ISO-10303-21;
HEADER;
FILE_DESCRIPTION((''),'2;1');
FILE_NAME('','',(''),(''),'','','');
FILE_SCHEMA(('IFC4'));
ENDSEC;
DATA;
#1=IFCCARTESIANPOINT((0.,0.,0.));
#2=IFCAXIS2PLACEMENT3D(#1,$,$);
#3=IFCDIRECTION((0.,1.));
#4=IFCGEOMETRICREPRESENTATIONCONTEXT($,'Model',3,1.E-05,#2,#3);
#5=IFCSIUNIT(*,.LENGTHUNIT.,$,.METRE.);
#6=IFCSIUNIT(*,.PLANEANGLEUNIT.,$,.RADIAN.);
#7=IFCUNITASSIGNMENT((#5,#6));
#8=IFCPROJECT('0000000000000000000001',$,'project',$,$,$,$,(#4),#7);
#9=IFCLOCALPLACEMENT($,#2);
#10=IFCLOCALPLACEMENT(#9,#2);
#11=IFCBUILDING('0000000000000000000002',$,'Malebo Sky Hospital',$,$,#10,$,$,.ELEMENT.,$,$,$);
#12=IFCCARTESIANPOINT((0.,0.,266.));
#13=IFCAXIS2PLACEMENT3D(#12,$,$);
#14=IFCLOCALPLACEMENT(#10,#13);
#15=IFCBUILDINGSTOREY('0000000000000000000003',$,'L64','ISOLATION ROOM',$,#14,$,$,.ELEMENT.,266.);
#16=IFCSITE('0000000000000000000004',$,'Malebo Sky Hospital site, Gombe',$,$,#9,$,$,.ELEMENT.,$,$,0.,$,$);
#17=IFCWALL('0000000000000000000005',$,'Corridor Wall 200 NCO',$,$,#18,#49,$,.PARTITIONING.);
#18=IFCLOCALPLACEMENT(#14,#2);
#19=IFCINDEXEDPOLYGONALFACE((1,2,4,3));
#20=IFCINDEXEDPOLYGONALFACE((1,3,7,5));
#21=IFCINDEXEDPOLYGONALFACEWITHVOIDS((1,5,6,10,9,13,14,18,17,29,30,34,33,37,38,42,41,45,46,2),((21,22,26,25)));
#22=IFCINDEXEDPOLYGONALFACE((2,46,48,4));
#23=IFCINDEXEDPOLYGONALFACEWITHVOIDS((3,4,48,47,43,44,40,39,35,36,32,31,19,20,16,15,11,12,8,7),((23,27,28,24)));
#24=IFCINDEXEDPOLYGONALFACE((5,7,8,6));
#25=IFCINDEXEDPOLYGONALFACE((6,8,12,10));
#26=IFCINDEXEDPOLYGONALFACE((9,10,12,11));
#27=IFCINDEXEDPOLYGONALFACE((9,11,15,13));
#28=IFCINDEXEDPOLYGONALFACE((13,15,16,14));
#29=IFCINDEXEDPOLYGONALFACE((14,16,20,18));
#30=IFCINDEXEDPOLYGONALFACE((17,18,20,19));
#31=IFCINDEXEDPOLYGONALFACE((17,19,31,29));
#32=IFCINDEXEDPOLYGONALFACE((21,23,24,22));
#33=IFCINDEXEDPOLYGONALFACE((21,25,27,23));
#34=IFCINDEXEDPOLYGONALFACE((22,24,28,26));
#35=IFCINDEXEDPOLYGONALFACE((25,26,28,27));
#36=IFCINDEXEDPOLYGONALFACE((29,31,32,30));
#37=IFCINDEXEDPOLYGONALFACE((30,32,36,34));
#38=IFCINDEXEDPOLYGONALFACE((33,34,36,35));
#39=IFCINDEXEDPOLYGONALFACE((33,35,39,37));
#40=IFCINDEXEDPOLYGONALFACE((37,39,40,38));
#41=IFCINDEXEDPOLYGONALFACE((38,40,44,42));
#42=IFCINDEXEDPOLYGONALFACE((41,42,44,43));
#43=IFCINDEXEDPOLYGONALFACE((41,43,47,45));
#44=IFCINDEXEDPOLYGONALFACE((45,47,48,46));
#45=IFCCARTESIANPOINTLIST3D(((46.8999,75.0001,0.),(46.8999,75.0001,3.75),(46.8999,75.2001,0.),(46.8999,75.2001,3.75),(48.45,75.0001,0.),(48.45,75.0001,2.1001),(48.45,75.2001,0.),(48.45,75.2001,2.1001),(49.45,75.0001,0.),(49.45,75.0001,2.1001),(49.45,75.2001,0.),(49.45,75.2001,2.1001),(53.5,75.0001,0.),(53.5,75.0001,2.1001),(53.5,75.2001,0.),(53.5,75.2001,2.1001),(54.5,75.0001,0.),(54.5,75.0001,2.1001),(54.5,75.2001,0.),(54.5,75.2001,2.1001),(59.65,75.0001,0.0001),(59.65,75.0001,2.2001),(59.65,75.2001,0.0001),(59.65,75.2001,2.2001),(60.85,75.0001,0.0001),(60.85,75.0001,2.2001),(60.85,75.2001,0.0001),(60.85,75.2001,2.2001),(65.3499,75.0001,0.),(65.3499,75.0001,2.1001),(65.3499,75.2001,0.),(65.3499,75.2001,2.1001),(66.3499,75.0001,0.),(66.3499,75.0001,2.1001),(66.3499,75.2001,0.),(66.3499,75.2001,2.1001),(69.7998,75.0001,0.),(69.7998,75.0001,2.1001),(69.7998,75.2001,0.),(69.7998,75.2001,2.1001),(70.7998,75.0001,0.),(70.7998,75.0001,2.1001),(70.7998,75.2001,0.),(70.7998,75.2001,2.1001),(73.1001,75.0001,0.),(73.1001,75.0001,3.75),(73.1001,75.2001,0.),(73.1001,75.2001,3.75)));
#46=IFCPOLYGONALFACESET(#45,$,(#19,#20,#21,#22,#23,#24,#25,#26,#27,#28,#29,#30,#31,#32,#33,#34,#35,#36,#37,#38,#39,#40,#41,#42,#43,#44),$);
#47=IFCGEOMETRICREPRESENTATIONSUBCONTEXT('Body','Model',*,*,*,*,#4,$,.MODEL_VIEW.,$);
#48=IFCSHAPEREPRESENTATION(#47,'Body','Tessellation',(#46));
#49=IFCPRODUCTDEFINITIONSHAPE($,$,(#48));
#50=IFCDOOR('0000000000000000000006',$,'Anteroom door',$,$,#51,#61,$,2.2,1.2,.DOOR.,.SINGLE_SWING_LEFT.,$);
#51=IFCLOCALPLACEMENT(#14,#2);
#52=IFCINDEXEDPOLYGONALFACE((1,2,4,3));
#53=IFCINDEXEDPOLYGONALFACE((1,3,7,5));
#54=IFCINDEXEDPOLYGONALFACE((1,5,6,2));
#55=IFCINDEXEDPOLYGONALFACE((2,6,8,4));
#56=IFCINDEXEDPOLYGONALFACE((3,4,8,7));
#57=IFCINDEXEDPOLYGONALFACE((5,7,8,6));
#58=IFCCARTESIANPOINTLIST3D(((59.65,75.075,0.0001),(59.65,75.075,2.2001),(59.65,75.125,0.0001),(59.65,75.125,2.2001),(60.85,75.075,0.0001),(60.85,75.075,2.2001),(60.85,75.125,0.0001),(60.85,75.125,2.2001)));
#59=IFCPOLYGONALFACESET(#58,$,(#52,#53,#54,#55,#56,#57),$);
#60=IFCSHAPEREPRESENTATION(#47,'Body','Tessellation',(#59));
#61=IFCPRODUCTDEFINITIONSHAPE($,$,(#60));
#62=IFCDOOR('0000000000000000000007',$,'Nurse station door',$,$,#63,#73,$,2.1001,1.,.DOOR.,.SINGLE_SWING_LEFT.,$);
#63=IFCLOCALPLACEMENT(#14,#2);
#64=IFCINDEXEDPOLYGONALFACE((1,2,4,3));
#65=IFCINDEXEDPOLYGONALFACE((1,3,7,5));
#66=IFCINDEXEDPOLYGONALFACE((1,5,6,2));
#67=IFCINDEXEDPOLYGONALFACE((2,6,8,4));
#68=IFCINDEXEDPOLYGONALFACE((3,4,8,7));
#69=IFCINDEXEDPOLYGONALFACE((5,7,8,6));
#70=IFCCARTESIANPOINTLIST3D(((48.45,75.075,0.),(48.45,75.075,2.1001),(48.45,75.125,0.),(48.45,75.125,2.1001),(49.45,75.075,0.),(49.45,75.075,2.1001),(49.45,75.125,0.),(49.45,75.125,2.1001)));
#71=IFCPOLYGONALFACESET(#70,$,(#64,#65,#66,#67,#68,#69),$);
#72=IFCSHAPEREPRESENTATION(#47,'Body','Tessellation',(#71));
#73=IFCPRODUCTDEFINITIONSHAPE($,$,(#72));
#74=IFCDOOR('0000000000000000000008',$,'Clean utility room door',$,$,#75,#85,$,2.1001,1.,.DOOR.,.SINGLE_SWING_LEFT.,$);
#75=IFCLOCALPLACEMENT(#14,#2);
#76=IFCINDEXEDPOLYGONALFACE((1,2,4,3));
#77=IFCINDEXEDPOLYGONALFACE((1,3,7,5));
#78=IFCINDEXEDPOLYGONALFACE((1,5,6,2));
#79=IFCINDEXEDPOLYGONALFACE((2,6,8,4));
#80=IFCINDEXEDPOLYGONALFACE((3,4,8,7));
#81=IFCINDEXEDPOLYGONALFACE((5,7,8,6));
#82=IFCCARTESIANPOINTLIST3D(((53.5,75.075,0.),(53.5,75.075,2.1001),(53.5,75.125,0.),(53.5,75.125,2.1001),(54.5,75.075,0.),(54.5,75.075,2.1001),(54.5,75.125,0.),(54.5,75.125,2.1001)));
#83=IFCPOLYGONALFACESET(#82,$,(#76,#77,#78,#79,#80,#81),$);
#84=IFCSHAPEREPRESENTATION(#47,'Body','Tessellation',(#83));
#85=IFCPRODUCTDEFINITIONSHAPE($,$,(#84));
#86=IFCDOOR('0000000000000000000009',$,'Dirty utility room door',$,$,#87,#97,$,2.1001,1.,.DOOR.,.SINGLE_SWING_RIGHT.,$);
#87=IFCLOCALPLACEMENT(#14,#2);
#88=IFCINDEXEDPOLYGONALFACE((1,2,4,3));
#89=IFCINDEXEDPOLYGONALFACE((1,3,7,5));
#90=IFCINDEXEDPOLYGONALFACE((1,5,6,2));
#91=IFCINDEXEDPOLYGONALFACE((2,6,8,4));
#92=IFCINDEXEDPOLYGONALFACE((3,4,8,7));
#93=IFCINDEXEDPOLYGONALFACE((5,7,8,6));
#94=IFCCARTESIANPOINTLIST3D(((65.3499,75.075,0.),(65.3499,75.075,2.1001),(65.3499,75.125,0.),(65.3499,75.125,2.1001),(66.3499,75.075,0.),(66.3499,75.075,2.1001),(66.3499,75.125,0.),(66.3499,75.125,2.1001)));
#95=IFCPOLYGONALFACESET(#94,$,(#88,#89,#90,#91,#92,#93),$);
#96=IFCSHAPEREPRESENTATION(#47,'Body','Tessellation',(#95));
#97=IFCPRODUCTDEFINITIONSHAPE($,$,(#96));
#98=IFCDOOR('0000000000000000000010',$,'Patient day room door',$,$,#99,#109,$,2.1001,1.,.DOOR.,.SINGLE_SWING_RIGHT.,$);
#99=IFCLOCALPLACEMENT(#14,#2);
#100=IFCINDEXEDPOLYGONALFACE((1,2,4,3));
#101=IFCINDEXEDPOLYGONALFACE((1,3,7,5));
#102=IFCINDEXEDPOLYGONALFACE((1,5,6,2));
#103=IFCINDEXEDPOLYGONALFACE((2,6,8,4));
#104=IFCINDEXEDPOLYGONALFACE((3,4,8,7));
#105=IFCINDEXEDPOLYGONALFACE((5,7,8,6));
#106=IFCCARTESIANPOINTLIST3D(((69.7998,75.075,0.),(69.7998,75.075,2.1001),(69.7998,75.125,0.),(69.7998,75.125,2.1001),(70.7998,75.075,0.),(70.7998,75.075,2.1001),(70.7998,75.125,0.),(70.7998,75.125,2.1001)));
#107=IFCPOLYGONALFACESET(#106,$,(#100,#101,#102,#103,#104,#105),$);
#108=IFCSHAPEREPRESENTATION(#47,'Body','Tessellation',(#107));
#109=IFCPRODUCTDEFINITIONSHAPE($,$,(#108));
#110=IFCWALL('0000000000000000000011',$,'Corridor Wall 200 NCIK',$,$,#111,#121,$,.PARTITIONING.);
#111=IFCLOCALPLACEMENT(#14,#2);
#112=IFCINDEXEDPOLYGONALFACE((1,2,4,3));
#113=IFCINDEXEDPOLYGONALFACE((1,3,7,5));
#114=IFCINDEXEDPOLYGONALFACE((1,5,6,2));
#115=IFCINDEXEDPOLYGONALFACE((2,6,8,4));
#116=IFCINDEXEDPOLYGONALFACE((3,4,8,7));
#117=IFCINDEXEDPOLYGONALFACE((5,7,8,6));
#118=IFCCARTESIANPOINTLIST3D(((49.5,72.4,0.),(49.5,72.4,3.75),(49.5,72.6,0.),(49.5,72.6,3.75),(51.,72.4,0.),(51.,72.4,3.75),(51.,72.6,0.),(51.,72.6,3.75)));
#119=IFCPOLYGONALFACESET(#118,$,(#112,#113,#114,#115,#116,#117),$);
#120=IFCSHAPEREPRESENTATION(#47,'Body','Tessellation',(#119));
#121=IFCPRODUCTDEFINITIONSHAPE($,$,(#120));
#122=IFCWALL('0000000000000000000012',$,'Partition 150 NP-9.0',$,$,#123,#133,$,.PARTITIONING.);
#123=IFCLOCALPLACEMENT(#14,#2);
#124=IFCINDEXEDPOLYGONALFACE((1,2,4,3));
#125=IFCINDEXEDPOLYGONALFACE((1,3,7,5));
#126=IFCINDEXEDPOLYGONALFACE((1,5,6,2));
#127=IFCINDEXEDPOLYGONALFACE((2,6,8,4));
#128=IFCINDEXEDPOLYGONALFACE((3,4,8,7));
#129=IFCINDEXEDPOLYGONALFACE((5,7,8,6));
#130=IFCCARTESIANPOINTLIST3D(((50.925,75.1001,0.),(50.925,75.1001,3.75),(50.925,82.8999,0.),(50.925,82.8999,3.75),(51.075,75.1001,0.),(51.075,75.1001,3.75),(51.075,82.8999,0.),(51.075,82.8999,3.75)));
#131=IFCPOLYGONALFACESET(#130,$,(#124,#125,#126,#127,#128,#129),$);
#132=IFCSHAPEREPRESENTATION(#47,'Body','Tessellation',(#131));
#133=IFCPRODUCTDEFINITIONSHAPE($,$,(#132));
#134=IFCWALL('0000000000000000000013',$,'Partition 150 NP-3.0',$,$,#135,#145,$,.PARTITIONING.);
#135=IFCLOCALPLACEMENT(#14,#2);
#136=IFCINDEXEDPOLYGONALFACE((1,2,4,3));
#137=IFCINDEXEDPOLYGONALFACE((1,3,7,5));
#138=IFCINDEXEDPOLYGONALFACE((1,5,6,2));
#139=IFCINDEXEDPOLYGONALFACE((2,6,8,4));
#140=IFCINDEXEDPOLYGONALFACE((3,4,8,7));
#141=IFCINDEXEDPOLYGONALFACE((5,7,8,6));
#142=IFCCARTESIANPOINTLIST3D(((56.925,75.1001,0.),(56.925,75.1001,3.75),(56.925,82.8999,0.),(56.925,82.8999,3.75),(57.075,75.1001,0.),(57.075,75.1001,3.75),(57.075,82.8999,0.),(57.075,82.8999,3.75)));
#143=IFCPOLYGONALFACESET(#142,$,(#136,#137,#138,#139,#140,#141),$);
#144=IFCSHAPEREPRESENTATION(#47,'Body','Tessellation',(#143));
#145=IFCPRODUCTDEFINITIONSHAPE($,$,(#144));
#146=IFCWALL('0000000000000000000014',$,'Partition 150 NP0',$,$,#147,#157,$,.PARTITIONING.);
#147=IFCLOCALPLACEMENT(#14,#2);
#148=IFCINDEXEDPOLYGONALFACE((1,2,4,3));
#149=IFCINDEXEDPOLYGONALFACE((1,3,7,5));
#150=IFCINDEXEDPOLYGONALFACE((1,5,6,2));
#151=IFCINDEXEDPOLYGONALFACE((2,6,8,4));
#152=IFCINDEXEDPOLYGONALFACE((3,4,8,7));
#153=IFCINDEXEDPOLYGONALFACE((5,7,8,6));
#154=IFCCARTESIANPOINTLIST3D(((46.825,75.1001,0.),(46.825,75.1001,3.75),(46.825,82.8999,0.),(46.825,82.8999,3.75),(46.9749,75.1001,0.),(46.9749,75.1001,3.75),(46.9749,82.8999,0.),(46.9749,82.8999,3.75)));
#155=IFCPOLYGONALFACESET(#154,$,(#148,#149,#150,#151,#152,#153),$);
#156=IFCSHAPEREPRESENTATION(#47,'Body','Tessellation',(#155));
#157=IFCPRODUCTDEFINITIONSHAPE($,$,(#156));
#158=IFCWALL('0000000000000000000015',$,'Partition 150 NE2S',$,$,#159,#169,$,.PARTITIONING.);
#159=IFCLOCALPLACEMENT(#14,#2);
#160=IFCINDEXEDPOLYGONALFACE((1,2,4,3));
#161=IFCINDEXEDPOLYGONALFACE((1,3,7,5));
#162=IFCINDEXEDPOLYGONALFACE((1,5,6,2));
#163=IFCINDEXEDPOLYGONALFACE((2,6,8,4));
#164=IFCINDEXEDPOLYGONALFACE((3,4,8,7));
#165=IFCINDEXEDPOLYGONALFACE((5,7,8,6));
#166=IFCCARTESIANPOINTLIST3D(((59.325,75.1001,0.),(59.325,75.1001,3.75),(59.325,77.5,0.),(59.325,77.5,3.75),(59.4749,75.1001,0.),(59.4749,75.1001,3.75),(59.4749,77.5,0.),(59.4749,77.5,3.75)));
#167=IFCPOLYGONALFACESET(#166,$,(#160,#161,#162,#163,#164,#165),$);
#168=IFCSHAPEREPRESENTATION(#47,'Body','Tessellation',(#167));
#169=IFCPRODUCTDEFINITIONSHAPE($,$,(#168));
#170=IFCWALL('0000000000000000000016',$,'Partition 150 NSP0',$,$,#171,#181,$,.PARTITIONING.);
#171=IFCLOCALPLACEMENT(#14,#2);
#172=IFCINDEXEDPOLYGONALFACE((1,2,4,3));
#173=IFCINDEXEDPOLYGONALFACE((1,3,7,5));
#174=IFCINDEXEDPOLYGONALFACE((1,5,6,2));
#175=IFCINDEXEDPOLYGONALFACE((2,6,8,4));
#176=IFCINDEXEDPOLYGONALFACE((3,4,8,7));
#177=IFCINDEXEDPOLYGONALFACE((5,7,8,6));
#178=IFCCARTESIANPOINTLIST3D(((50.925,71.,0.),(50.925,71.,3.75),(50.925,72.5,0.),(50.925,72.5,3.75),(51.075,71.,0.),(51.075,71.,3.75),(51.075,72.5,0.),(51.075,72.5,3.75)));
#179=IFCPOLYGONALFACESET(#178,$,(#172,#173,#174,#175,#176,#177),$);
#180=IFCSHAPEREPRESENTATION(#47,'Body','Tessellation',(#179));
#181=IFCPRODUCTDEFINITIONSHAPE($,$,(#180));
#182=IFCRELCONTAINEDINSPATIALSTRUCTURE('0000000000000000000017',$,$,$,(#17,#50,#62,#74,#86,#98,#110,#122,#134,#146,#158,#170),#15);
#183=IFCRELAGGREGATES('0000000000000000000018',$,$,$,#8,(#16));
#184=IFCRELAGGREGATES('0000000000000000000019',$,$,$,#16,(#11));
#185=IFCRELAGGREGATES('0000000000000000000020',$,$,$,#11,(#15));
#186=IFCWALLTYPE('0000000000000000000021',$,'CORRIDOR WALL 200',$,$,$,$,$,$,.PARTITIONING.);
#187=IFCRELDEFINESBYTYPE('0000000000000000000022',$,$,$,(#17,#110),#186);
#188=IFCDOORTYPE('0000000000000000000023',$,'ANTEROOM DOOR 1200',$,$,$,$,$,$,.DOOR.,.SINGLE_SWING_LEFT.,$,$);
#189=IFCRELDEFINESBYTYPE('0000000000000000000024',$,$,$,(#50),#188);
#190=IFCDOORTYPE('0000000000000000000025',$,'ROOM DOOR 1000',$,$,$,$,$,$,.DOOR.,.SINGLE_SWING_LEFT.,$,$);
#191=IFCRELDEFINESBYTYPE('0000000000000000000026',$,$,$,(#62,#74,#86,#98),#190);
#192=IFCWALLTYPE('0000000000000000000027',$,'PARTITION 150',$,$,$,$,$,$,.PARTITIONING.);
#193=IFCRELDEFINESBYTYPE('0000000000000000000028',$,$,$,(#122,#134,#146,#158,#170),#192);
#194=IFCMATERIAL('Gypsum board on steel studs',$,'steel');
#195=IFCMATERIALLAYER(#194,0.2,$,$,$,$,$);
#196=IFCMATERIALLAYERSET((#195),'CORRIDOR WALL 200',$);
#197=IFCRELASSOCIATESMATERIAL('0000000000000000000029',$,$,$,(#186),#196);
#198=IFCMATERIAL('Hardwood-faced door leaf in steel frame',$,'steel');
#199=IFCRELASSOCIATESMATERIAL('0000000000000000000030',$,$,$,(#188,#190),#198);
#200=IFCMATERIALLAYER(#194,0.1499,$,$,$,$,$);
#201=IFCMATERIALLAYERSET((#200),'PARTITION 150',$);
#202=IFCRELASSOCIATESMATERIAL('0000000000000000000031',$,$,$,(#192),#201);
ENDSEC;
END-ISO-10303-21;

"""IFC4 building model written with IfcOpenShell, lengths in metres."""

from ifc_helpers import new_model, si_unit, direction, frame, frame_2d, origin, place, context, subcontext, project, spatial, rectangle, extrude, material, layer, layer_set, type_object, element, fill, save


model = new_model("IFC4")

# Units and contexts
model_context = context("Model", 3, precision=1e-05, world=origin(), true_north=direction((0.0, 1.0)))
body_context = subcontext(model_context, "Body", "Model", "MODEL_VIEW")
ifc_project = project(units=[si_unit("LENGTHUNIT", "METRE"), si_unit("PLANEANGLEUNIT", "RADIAN")], contexts=[model_context])

# Site, building, storey
site_placement = place(None, origin())
site = spatial("IfcSite", under=ifc_project, at=site_placement, Name="Malebo Sky Hospital site, Gombe", CompositionType="ELEMENT", RefElevation=0.0)
building_placement = place(site_placement, origin())
building = spatial("IfcBuilding", under=site, at=building_placement, Name="Malebo Sky Hospital", CompositionType="ELEMENT")
storey_placement = place(building_placement, frame((0.0, 0.0, 266.0)))
storey = spatial("IfcBuildingStorey", under=building, at=storey_placement, Name="L64", Description="ISOLATION ROOM", CompositionType="ELEMENT", Elevation=266.0)

# Shared definitions
ifc_material_1 = material(Name="Hardwood-faced door leaf in steel frame", Category="steel")

# Wall, openings, doors
ifc_material_2 = material(Name="Gypsum board on steel studs", Category="steel")
ifc_layer_1 = layer(ifc_material_2, 0.2)
ifc_layer_set_1 = layer_set([ifc_layer_1], Name="CORRIDOR WALL 200")
wall_type_1 = type_object("IfcWallType", Name="CORRIDOR WALL 200", PredefinedType="PARTITIONING", material=ifc_layer_set_1)
wall_1_placement = place(storey_placement, frame((46.8999, 75.1001, 0.0), z_axis=(0.0, 0.0, 1.0), x_axis=(1.0, 0.0, 0.0)))
wall_1 = element("IfcWall", 1, at=wall_1_placement, inside=storey, type_object=wall_type_1, Name="Corridor Wall 200 NCO", PredefinedType="PARTITIONING", context=body_context, shape_type="SweptSolid", body=[
    extrude(rectangle(XDim=26.2002, YDim=0.2, at=frame_2d((13.1001, 0.0))), origin(), (0.0, 0.0, 1.0), 3.75),
])
opening_1_placement = place(wall_1_placement, frame((1.55, 0.0, 0.0)))
opening_1 = element("IfcOpeningElement", 2, at=opening_1_placement, cuts=wall_1, PredefinedType="OPENING", context=body_context, shape_type="SweptSolid", body=[
    extrude(rectangle(XDim=1.0, YDim=2.1001, at=frame_2d((0.5, 1.05))), frame((0.0, 0.1099, 0.0), z_axis=(0.0, -1.0, 0.0), x_axis=(1.0, 0.0, 0.0)), (0.0, 0.0, 1.0), 0.22),
])
opening_2_placement = place(wall_1_placement, frame((6.6001, 0.0, 0.0)))
opening_2 = element("IfcOpeningElement", 3, at=opening_2_placement, cuts=wall_1, PredefinedType="OPENING", context=body_context, shape_type="SweptSolid", body=[
    extrude(rectangle(XDim=1.0, YDim=2.1001, at=frame_2d((0.5, 1.05))), frame((0.0, 0.1099, 0.0), z_axis=(0.0, -1.0, 0.0), x_axis=(1.0, 0.0, 0.0)), (0.0, 0.0, 1.0), 0.22),
])
opening_3_placement = place(wall_1_placement, frame((12.75, 0.0, 0.0)))
opening_3 = element("IfcOpeningElement", 4, at=opening_3_placement, cuts=wall_1, PredefinedType="OPENING", context=body_context, shape_type="SweptSolid", body=[
    extrude(rectangle(XDim=1.2, YDim=2.2, at=frame_2d((0.6001, 1.1001))), frame((0.0, 0.1099, 0.0), z_axis=(0.0, -1.0, 0.0), x_axis=(1.0, 0.0, 0.0)), (0.0, 0.0, 1.0), 0.22),
])
opening_4_placement = place(wall_1_placement, frame((18.45, 0.0, 0.0)))
opening_4 = element("IfcOpeningElement", 5, at=opening_4_placement, cuts=wall_1, PredefinedType="OPENING", context=body_context, shape_type="SweptSolid", body=[
    extrude(rectangle(XDim=1.0, YDim=2.1001, at=frame_2d((0.5, 1.05))), frame((0.0, 0.1099, 0.0), z_axis=(0.0, -1.0, 0.0), x_axis=(1.0, 0.0, 0.0)), (0.0, 0.0, 1.0), 0.22),
])
opening_5_placement = place(wall_1_placement, frame((22.8999, 0.0, 0.0)))
opening_5 = element("IfcOpeningElement", 6, at=opening_5_placement, cuts=wall_1, PredefinedType="OPENING", context=body_context, shape_type="SweptSolid", body=[
    extrude(rectangle(XDim=1.0, YDim=2.1001, at=frame_2d((0.5, 1.05))), frame((0.0, 0.1099, 0.0), z_axis=(0.0, -1.0, 0.0), x_axis=(1.0, 0.0, 0.0)), (0.0, 0.0, 1.0), 0.22),
])
door_type_1 = type_object("IfcDoorType", Name="ANTEROOM DOOR 1200", OperationType="SINGLE_SWING_LEFT", PredefinedType="DOOR", material=ifc_material_1)
door_1_placement = place(opening_3_placement, origin())
door_1 = element("IfcDoor", 7, at=door_1_placement, inside=storey, type_object=door_type_1, Name="Anteroom door", OperationType="SINGLE_SWING_LEFT", OverallHeight=2.2, OverallWidth=1.2, PredefinedType="DOOR", context=body_context, shape_type="SweptSolid", body=[
    extrude(rectangle(XDim=1.2, YDim=2.2, at=frame_2d((0.6001, 1.1001))), frame((0.0, 0.0249, 0.0), z_axis=(0.0, -1.0, 0.0), x_axis=(1.0, 0.0, 0.0)), (0.0, 0.0, 1.0), 0.05),
])
fill(opening_3, door_1)
door_type_2 = type_object("IfcDoorType", Name="ROOM DOOR 1000", OperationType="SINGLE_SWING_LEFT", PredefinedType="DOOR", material=ifc_material_1)
door_2_placement = place(opening_1_placement, origin())
door_2 = element("IfcDoor", 8, at=door_2_placement, inside=storey, type_object=door_type_2, Name="Nurse station door", OperationType="SINGLE_SWING_LEFT", OverallHeight=2.1001, OverallWidth=1.0, PredefinedType="DOOR", context=body_context, shape_type="SweptSolid", body=[
    extrude(rectangle(XDim=1.0, YDim=2.1001, at=frame_2d((0.5, 1.05))), frame((0.0, 0.0249, 0.0), z_axis=(0.0, -1.0, 0.0), x_axis=(1.0, 0.0, 0.0)), (0.0, 0.0, 1.0), 0.05),
])
fill(opening_1, door_2)
door_3_placement = place(opening_2_placement, origin())
door_3 = element("IfcDoor", 9, at=door_3_placement, inside=storey, type_object=door_type_2, Name="Clean utility room door", OperationType="SINGLE_SWING_LEFT", OverallHeight=2.1001, OverallWidth=1.0, PredefinedType="DOOR", context=body_context, shape_type="SweptSolid", body=[
    extrude(rectangle(XDim=1.0, YDim=2.1001, at=frame_2d((0.5, 1.05))), frame((0.0, 0.0249, 0.0), z_axis=(0.0, -1.0, 0.0), x_axis=(1.0, 0.0, 0.0)), (0.0, 0.0, 1.0), 0.05),
])
fill(opening_2, door_3)
door_4_placement = place(opening_4_placement, origin())
door_4 = element("IfcDoor", 10, at=door_4_placement, inside=storey, type_object=door_type_2, Name="Dirty utility room door", OperationType="SINGLE_SWING_RIGHT", OverallHeight=2.1001, OverallWidth=1.0, PredefinedType="DOOR", context=body_context, shape_type="SweptSolid", body=[
    extrude(rectangle(XDim=1.0, YDim=2.1001, at=frame_2d((0.5, 1.05))), frame((0.0, 0.0249, 0.0), z_axis=(0.0, -1.0, 0.0), x_axis=(1.0, 0.0, 0.0)), (0.0, 0.0, 1.0), 0.05),
])
fill(opening_4, door_4)
door_5_placement = place(opening_5_placement, origin())
door_5 = element("IfcDoor", 11, at=door_5_placement, inside=storey, type_object=door_type_2, Name="Patient day room door", OperationType="SINGLE_SWING_RIGHT", OverallHeight=2.1001, OverallWidth=1.0, PredefinedType="DOOR", context=body_context, shape_type="SweptSolid", body=[
    extrude(rectangle(XDim=1.0, YDim=2.1001, at=frame_2d((0.5, 1.05))), frame((0.0, 0.0249, 0.0), z_axis=(0.0, -1.0, 0.0), x_axis=(1.0, 0.0, 0.0)), (0.0, 0.0, 1.0), 0.05),
])
fill(opening_5, door_5)

# Walls
wall_2_placement = place(storey_placement, frame((49.5, 72.5, 0.0), z_axis=(0.0, 0.0, 1.0), x_axis=(1.0, 0.0, 0.0)))
element("IfcWall", 12, at=wall_2_placement, inside=storey, type_object=wall_type_1, Name="Corridor Wall 200 NCIK", PredefinedType="PARTITIONING", context=body_context, shape_type="SweptSolid", body=[
    extrude(rectangle(XDim=1.5, YDim=0.2, at=frame_2d((0.75, 0.0))), origin(), (0.0, 0.0, 1.0), 3.75),
])
ifc_layer_2 = layer(ifc_material_2, 0.1499)
ifc_layer_set_2 = layer_set([ifc_layer_2], Name="PARTITION 150")
wall_type_2 = type_object("IfcWallType", Name="PARTITION 150", PredefinedType="PARTITIONING", material=ifc_layer_set_2)
for number, where, z_axis, x_axis, name in (
    (13, (51.0, 75.1001, 0.0), (0.0, 0.0, 1.0), (0.0, 1.0, 0.0), "Partition 150 NP-9.0"),
    (14, (57.0, 75.1001, 0.0), (0.0, 0.0, 1.0), (0.0, 1.0, 0.0), "Partition 150 NP-3.0"),
    (15, (46.8999, 75.1001, 0.0), (0.0, 0.0, 1.0), (0.0, 1.0, 0.0), "Partition 150 NP0"),
):
    element("IfcWall", number, at=place(storey_placement, frame(where, z_axis=z_axis, x_axis=x_axis)), inside=storey, type_object=wall_type_2, Name=name, PredefinedType="PARTITIONING", context=body_context, shape_type="SweptSolid", body=[
        extrude(rectangle(XDim=7.7998, YDim=0.1499, at=frame_2d((3.8999, 0.0))), origin(), (0.0, 0.0, 1.0), 3.75),
    ])
wall_3_placement = place(storey_placement, frame((59.3999, 75.1001, 0.0), z_axis=(0.0, 0.0, 1.0), x_axis=(0.0, 1.0, 0.0)))
element("IfcWall", 16, at=wall_3_placement, inside=storey, type_object=wall_type_2, Name="Partition 150 NE2S", PredefinedType="PARTITIONING", context=body_context, shape_type="SweptSolid", body=[
    extrude(rectangle(XDim=2.3999, YDim=0.1499, at=frame_2d((1.2, 0.0))), origin(), (0.0, 0.0, 1.0), 3.75),
])
wall_4_placement = place(storey_placement, frame((51.0, 71.0, 0.0), z_axis=(0.0, 0.0, 1.0), x_axis=(0.0, 1.0, 0.0)))
element("IfcWall", 17, at=wall_4_placement, inside=storey, type_object=wall_type_2, Name="Partition 150 NSP0", PredefinedType="PARTITIONING", context=body_context, shape_type="SweptSolid", body=[
    extrude(rectangle(XDim=1.5, YDim=0.1499, at=frame_2d((0.75, 0.0))), origin(), (0.0, 0.0, 1.0), 3.75),
])

save(model, "model.ifc")
